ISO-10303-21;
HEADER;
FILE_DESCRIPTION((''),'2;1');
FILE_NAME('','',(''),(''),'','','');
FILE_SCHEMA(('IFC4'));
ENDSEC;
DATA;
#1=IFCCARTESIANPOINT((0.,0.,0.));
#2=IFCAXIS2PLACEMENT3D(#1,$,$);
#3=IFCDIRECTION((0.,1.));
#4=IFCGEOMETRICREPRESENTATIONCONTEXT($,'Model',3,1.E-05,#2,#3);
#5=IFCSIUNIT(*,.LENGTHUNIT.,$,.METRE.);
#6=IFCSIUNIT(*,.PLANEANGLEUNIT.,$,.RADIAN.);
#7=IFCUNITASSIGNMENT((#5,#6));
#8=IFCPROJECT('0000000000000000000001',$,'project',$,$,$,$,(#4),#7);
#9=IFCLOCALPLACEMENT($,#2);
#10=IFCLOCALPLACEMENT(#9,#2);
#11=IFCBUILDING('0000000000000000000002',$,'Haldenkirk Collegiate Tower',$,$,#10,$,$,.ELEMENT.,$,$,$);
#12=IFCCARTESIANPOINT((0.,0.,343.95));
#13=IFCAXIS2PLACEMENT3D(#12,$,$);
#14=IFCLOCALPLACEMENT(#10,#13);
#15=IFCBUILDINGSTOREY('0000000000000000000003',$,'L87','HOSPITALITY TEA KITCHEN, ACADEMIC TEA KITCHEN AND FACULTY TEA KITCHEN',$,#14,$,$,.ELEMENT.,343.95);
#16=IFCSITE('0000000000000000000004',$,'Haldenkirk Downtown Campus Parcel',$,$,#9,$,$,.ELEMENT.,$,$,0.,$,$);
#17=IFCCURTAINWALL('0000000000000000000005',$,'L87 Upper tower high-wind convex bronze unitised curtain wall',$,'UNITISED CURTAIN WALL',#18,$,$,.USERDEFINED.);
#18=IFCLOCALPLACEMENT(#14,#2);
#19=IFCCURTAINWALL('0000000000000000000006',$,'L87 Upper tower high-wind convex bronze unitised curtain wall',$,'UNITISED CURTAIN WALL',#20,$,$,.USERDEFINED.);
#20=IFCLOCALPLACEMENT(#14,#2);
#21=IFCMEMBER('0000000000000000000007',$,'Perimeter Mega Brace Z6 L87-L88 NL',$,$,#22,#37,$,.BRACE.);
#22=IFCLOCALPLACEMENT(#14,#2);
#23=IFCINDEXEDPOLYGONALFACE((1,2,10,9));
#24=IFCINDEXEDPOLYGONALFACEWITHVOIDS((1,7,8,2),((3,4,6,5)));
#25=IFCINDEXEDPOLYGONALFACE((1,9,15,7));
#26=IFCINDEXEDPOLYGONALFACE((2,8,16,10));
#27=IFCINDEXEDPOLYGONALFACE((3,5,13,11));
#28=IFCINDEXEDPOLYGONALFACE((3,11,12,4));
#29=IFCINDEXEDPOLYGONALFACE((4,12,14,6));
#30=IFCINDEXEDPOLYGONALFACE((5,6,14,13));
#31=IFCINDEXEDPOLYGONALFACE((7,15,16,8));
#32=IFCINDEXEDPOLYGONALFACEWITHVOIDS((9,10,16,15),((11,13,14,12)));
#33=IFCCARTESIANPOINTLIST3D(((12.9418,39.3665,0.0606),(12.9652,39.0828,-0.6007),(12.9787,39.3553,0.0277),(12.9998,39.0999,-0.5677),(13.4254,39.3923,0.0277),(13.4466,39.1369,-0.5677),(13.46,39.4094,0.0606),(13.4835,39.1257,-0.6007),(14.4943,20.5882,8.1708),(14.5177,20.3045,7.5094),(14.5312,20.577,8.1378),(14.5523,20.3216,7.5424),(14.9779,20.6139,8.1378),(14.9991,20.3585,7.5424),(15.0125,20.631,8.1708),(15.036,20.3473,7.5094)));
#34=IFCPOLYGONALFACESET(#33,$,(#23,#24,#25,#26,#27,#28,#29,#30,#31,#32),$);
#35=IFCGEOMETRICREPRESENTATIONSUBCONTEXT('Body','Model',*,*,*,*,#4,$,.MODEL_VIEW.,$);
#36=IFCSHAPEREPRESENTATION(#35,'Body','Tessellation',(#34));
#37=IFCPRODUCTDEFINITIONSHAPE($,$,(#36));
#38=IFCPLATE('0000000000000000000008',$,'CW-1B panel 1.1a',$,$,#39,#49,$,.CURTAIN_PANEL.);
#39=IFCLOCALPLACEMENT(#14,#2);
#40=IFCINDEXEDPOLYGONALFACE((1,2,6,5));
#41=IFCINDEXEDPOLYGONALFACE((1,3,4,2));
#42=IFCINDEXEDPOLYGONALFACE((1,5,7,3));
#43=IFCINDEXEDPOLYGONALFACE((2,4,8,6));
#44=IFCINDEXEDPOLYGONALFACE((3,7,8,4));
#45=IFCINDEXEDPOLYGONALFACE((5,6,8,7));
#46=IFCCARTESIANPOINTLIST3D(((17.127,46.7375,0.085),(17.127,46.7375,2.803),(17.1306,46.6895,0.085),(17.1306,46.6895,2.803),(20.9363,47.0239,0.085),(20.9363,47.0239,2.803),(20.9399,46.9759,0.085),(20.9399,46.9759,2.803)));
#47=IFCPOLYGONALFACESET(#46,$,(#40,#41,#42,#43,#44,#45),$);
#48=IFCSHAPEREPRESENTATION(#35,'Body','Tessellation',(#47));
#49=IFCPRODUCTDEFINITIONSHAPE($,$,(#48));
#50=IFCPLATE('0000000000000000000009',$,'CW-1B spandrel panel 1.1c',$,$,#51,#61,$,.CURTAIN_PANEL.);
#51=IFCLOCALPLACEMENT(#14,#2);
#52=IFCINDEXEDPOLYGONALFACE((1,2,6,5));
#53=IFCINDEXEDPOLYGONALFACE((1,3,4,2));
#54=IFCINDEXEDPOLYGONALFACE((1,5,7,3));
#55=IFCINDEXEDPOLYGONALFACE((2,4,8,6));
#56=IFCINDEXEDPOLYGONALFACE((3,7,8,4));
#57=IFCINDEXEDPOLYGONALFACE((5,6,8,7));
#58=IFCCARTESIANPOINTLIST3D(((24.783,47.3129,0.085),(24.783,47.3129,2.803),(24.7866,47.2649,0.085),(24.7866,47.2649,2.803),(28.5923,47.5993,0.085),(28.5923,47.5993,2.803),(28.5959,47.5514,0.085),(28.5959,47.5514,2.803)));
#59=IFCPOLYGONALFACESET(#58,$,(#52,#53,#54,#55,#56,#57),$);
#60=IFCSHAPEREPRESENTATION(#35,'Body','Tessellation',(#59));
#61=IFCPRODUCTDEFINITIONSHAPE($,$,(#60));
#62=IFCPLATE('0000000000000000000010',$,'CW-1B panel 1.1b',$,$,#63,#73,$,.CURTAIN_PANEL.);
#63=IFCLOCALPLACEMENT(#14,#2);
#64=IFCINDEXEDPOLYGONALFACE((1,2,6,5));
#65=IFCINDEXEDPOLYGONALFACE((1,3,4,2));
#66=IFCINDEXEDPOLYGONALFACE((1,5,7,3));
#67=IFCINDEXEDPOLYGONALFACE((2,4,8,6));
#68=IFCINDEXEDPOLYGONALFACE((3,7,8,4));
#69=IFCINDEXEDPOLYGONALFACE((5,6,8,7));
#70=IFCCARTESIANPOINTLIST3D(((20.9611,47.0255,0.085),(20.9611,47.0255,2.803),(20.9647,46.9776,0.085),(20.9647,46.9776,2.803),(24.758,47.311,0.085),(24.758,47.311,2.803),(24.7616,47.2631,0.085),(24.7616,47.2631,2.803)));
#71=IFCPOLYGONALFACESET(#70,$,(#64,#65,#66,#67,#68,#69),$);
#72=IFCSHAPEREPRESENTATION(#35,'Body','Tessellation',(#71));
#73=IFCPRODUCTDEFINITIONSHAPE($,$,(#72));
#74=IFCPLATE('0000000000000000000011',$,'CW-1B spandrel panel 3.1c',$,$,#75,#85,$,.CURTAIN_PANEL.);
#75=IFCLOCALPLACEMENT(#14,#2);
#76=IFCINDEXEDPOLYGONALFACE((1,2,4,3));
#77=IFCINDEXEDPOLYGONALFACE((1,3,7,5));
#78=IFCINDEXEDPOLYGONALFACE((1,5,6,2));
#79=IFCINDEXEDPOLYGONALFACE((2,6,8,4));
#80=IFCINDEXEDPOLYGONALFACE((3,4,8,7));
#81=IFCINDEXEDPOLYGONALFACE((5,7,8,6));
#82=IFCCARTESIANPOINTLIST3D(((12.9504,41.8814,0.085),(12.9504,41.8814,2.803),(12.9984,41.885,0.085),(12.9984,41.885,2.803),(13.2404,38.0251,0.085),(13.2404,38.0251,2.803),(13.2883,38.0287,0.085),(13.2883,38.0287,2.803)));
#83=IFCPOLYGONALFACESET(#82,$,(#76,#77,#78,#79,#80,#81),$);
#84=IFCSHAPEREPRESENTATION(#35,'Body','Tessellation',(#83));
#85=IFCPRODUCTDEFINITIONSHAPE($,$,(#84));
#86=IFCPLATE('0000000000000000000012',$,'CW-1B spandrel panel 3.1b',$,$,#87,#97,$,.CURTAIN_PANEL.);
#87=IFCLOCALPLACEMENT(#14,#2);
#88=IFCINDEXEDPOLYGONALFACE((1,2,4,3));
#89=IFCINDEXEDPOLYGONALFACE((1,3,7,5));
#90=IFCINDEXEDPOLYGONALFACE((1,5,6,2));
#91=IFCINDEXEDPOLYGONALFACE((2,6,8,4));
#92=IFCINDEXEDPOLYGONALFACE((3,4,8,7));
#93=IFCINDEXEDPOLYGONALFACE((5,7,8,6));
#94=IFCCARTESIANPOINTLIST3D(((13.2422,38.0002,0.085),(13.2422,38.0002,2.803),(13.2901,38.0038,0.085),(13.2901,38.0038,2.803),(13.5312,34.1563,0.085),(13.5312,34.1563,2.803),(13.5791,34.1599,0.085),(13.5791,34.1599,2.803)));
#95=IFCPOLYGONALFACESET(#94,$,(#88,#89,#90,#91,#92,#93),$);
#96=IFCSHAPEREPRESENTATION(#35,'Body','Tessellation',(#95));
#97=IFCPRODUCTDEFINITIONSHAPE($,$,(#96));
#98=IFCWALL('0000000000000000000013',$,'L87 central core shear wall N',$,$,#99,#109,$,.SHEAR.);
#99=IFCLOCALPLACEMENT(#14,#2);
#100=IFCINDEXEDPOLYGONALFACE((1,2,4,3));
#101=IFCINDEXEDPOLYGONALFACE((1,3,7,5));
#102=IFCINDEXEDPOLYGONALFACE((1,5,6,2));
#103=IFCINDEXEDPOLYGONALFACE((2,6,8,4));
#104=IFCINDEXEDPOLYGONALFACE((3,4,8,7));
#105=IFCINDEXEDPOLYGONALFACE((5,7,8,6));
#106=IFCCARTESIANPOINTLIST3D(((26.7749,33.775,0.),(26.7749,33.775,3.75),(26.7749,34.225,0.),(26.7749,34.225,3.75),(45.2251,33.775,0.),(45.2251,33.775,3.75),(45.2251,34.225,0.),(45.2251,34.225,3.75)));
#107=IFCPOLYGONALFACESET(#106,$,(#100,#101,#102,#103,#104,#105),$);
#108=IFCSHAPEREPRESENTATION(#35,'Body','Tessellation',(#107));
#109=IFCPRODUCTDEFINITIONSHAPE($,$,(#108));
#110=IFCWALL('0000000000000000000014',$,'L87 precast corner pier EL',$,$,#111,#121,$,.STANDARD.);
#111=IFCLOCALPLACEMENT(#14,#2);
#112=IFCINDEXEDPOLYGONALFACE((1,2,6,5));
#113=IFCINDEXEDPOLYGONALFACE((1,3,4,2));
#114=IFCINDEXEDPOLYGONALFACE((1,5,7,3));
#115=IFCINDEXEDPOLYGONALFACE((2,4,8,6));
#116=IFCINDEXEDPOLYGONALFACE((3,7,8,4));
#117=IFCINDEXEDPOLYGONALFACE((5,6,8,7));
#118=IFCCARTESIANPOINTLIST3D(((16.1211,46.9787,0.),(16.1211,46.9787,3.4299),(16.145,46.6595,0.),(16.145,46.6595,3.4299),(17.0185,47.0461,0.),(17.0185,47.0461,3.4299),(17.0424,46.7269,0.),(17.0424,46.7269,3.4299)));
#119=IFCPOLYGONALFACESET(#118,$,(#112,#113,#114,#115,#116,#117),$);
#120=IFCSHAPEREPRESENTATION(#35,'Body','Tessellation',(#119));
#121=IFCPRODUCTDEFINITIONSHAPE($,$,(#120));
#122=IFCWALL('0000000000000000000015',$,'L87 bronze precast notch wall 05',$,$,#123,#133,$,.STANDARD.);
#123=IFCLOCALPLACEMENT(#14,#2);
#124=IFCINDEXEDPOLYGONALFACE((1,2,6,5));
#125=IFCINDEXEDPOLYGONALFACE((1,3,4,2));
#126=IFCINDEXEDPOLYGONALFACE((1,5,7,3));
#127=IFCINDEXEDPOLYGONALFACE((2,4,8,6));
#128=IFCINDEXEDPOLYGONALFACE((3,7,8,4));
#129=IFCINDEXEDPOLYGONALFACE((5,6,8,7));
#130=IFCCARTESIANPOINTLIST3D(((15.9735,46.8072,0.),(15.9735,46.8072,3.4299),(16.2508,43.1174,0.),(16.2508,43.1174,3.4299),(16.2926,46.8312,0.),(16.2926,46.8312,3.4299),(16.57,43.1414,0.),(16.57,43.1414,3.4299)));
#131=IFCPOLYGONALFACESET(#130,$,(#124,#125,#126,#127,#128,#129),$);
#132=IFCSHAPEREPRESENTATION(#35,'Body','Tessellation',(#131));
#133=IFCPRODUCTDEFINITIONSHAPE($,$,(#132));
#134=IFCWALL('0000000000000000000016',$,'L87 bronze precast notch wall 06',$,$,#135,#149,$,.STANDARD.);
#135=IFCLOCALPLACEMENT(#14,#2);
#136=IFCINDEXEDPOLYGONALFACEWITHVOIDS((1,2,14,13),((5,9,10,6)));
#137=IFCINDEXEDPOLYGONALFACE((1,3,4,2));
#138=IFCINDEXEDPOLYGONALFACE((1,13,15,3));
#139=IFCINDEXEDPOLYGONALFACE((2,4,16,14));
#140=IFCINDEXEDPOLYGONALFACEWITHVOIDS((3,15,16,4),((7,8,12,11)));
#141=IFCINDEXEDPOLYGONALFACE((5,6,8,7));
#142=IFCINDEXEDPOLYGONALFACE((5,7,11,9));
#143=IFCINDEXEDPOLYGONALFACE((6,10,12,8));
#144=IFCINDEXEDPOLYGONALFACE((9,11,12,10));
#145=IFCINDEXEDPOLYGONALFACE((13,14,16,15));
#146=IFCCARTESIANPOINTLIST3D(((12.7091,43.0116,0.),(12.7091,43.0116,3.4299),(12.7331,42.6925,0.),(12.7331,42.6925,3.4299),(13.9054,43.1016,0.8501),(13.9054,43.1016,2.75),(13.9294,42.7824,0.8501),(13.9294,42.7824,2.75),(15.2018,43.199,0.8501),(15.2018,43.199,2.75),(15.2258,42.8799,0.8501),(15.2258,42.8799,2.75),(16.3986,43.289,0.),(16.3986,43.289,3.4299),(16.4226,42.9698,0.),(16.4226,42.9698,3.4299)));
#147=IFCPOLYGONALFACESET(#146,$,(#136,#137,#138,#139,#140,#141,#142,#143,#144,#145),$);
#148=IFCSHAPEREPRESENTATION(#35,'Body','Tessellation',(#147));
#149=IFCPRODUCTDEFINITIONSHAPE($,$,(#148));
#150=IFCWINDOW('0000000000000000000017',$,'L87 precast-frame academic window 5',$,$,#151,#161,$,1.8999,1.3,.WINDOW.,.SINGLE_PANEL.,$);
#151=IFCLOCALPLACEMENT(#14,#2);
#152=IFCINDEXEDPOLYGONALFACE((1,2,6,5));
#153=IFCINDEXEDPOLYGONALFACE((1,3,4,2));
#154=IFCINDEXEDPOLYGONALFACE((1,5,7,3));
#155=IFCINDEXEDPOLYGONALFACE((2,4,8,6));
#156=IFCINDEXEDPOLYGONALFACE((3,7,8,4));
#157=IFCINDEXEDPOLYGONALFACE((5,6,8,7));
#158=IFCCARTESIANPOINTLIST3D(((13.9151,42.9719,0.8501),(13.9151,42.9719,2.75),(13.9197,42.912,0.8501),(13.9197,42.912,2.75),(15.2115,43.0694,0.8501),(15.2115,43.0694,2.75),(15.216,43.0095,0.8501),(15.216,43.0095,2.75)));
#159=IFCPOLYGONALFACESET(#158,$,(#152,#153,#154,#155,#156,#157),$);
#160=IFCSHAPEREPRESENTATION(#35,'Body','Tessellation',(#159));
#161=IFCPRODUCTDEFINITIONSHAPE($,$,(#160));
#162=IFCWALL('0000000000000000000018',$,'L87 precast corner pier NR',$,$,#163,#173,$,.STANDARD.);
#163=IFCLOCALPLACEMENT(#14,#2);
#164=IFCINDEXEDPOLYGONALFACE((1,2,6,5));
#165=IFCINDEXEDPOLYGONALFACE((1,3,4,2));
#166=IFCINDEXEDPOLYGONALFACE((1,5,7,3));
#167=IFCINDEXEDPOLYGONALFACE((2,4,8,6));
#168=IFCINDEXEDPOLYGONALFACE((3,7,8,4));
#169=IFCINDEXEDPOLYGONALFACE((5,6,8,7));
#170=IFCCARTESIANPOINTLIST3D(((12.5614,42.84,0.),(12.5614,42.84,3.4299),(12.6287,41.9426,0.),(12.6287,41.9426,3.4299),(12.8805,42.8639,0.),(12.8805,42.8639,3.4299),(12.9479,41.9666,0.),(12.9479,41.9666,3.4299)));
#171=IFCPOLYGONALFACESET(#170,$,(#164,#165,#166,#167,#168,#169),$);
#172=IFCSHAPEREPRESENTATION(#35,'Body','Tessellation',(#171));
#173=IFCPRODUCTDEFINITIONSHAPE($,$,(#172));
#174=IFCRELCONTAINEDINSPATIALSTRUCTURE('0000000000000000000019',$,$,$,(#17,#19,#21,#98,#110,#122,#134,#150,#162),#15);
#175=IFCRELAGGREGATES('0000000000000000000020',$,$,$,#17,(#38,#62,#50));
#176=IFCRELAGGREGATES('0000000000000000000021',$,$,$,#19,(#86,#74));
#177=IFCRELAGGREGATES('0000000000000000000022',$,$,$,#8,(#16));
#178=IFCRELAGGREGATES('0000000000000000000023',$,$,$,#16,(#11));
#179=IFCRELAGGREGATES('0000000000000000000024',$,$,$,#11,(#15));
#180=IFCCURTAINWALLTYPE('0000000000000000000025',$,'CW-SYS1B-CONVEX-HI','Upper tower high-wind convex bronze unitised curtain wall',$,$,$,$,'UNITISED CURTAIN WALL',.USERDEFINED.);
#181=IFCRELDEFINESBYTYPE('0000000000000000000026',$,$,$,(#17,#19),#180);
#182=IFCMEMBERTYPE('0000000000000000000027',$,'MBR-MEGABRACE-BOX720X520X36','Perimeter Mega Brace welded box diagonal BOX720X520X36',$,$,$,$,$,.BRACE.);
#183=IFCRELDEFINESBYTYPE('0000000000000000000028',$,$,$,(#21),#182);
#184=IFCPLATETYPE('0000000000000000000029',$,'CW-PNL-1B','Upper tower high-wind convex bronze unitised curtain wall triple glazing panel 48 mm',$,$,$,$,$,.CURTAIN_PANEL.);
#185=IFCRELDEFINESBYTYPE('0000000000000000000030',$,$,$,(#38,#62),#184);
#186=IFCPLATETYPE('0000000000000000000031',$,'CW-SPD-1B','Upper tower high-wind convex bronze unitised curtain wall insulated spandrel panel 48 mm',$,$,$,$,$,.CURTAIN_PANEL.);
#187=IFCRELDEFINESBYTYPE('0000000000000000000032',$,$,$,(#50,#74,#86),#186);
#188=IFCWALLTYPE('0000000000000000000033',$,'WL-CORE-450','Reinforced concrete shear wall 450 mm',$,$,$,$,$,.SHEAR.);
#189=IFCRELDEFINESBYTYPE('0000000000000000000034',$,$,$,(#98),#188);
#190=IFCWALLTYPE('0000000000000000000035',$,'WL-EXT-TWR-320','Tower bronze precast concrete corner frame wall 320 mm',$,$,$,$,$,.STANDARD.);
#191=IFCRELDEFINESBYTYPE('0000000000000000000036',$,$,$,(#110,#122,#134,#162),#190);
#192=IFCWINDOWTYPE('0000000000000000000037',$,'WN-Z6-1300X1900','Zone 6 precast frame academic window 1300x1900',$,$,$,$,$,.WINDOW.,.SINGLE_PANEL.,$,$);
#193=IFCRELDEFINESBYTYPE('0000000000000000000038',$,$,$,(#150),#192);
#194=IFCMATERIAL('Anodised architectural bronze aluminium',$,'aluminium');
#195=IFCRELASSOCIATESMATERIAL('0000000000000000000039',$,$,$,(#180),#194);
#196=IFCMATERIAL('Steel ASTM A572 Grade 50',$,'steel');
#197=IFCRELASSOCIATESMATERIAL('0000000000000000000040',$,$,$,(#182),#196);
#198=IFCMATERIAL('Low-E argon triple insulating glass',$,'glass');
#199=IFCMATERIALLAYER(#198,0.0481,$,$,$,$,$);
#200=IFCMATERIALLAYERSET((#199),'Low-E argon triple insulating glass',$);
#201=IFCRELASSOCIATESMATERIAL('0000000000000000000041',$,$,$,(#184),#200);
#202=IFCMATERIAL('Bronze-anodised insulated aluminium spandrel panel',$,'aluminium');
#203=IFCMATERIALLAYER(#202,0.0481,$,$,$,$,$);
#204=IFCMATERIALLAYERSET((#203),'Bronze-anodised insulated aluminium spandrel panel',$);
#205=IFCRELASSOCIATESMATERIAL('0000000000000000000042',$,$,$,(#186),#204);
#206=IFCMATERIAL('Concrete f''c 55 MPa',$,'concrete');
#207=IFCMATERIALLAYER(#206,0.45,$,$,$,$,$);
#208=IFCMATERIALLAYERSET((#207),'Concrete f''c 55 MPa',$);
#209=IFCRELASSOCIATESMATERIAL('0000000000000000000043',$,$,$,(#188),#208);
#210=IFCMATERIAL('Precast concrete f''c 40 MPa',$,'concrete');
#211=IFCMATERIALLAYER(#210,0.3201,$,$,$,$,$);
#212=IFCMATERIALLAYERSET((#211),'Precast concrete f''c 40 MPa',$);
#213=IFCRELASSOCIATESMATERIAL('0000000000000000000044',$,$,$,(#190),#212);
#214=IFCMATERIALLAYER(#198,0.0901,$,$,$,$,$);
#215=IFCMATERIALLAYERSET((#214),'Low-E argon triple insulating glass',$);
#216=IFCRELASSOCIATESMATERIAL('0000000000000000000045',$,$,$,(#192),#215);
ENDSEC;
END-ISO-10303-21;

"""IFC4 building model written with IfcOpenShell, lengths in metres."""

from ifc_helpers import new_model, si_unit, direction, frame, frame_2d, origin, origin_2d, place, context, subcontext, project, spatial, rectangle, hollow_rectangle, extrude, source, transform, mapped, material, layer, layer_set, material_profile, profile_set, type_object, element, fill, aggregate, save


model = new_model("IFC4")

# Units and contexts
model_context = context("Model", 3, precision=1e-05, world=origin(), true_north=direction((0.0, 1.0)))
body_context = subcontext(model_context, "Body", "Model", "MODEL_VIEW")
ifc_project = project(units=[si_unit("LENGTHUNIT", "METRE"), si_unit("PLANEANGLEUNIT", "RADIAN")], contexts=[model_context])

# Site, building, storey
site_placement = place(None, origin())
site = spatial("IfcSite", under=ifc_project, at=site_placement, Name="Haldenkirk Downtown Campus Parcel", CompositionType="ELEMENT", RefElevation=0.0)
building_placement = place(site_placement, origin())
building = spatial("IfcBuilding", under=site, at=building_placement, Name="Haldenkirk Collegiate Tower", CompositionType="ELEMENT")
storey_placement = place(building_placement, frame((0.0, 0.0, 343.95)))
storey = spatial("IfcBuildingStorey", under=building, at=storey_placement, Name="L87", Description="HOSPITALITY TEA KITCHEN, ACADEMIC TEA KITCHEN AND FACULTY TEA KITCHEN", CompositionType="ELEMENT", Elevation=343.95)

# Shared definitions
ifc_material_1 = material(Name="Steel ASTM A572 Grade 50", Category="steel")

# Curtain wall
ifc_material_2 = material(Name="Anodised architectural bronze aluminium", Category="aluminium")
curtain_wall_type = type_object("IfcCurtainWallType", Name="CW-SYS1B-CONVEX-HI", Description="Upper tower high-wind convex bronze unitised curtain wall", ElementType="UNITISED CURTAIN WALL", PredefinedType="USERDEFINED", material=ifc_material_2)
curtain_wall_1_placement = place(storey_placement, origin())
curtain_wall_1 = element("IfcCurtainWall", 1, at=curtain_wall_1_placement, inside=storey, type_object=curtain_wall_type, Name="L87 Upper tower high-wind convex bronze unitised curtain wall", ObjectType="UNITISED CURTAIN WALL", PredefinedType="USERDEFINED")

# Curtain wall
curtain_wall_2_placement = place(storey_placement, origin())
curtain_wall_2 = element("IfcCurtainWall", 2, at=curtain_wall_2_placement, inside=storey, type_object=curtain_wall_type, Name="L87 Upper tower high-wind convex bronze unitised curtain wall", ObjectType="UNITISED CURTAIN WALL", PredefinedType="USERDEFINED")

# Member
ifc_material_profile_1 = material_profile(ifc_material_1, hollow_rectangle(XDim=0.52, YDim=0.72, WallThickness=0.0359, at=origin_2d()), Name="BOX720X520X36")
ifc_profile_set_1 = profile_set([ifc_material_profile_1], Name="Steel ASTM A572 Grade 50")
member_type_1 = type_object("IfcMemberType", Name="MBR-MEGABRACE-BOX720X520X36", Description="Perimeter Mega Brace welded box diagonal BOX720X520X36", PredefinedType="BRACE", material=ifc_profile_set_1)
member_1_placement = place(storey_placement, frame((13.2126, 39.2461, -0.27), z_axis=(0.075681, -0.915407, 0.395352), x_axis=(0.9966, 0.082394, 0.0)))
element("IfcMember", 3, at=member_1_placement, inside=storey, type_object=member_type_1, Name="Perimeter Mega Brace Z6 L87-L88 NL", PredefinedType="BRACE", context=body_context, shape_type="SweptSolid", body=[
    extrude(hollow_rectangle(XDim=0.52, YDim=0.72, WallThickness=0.0359, at=origin_2d()), origin(), (0.0, 0.0, 1.0), 20.5137),
])

# Plates
ifc_material_3 = material(Name="Low-E argon triple insulating glass", Category="glass")
ifc_layer_1 = layer(ifc_material_3, 0.0481)
ifc_layer_set_1 = layer_set([ifc_layer_1], Name="Low-E argon triple insulating glass")
plate_type_1 = type_object("IfcPlateType", Name="CW-PNL-1B", Description="Upper tower high-wind convex bronze unitised curtain wall triple glazing panel 48 mm", PredefinedType="CURTAIN_PANEL", material=ifc_layer_set_1)
shared_shape_1 = source(origin(), body_context, "Body", "SweptSolid", [
    extrude(rectangle(XDim=3.8201, YDim=0.0481, at=origin_2d()), origin(), (0.0, 0.0, 1.0), 2.718),
])
plate_1_placement = place(storey_placement, frame((19.0334, 46.8567, 0.085), z_axis=(0.0, 0.0, 1.0), x_axis=(0.997185, 0.074979, 0.0)))
plate_1 = element("IfcPlate", 4, at=plate_1_placement, type_object=plate_type_1, Name="CW-1B panel 1.1a", PredefinedType="CURTAIN_PANEL", context=body_context, shape_type="MappedRepresentation", body=[
    mapped(shared_shape_1, transform((0.0, 0.0, 0.0), x_axis=(1.0, 0.0, 0.0), y_axis=(0.0, 1.0, 0.0), z_axis=(0.0, 0.0, 1.0), scale=1.0)),
])
ifc_material_4 = material(Name="Bronze-anodised insulated aluminium spandrel panel", Category="aluminium")
ifc_layer_2 = layer(ifc_material_4, 0.0481)
ifc_layer_set_2 = layer_set([ifc_layer_2], Name="Bronze-anodised insulated aluminium spandrel panel")
plate_type_2 = type_object("IfcPlateType", Name="CW-SPD-1B", Description="Upper tower high-wind convex bronze unitised curtain wall insulated spandrel panel 48 mm", PredefinedType="CURTAIN_PANEL", material=ifc_layer_set_2)
plate_2_placement = place(storey_placement, frame((26.6895, 47.4321, 0.085), z_axis=(0.0, 0.0, 1.0), x_axis=(0.997185, 0.074979, 0.0)))
plate_2 = element("IfcPlate", 5, at=plate_2_placement, type_object=plate_type_2, Name="CW-1B spandrel panel 1.1c", PredefinedType="CURTAIN_PANEL", context=body_context, shape_type="MappedRepresentation", body=[
    mapped(shared_shape_1, transform((0.0, 0.0, 0.0), x_axis=(1.0, 0.0, 0.0), y_axis=(0.0, 1.0, 0.0), z_axis=(0.0, 0.0, 1.0), scale=1.0)),
])
shared_shape_2 = source(origin(), body_context, "Body", "SweptSolid", [
    extrude(rectangle(XDim=3.8076, YDim=0.0481, at=origin_2d()), origin(), (0.0, 0.0, 1.0), 2.718),
])
plate_3_placement = place(storey_placement, frame((22.8613, 47.1443, 0.085), z_axis=(0.0, 0.0, 1.0), x_axis=(0.997185, 0.074979, 0.0)))
plate_3 = element("IfcPlate", 6, at=plate_3_placement, type_object=plate_type_1, Name="CW-1B panel 1.1b", PredefinedType="CURTAIN_PANEL", context=body_context, shape_type="MappedRepresentation", body=[
    mapped(shared_shape_2, transform((0.0, 0.0, 0.0), x_axis=(1.0, 0.0, 0.0), y_axis=(0.0, 1.0, 0.0), z_axis=(0.0, 0.0, 1.0), scale=1.0)),
])
aggregate(curtain_wall_1, [plate_1, plate_3, plate_2])
shared_shape_3 = source(origin(), body_context, "Body", "SweptSolid", [
    extrude(rectangle(XDim=3.8672, YDim=0.0481, at=origin_2d()), origin(), (0.0, 0.0, 1.0), 2.718),
])
plate_4_placement = place(storey_placement, frame((13.1194, 39.9551, 0.085), z_axis=(0.0, 0.0, 1.0), x_axis=(-0.074977, 0.997185, 0.0)))
plate_4 = element("IfcPlate", 7, at=plate_4_placement, type_object=plate_type_2, Name="CW-1B spandrel panel 3.1c", PredefinedType="CURTAIN_PANEL", context=body_context, shape_type="MappedRepresentation", body=[
    mapped(shared_shape_3, transform((0.0, 0.0, 0.0), x_axis=(1.0, 0.0, 0.0), y_axis=(0.0, 1.0, 0.0), z_axis=(0.0, 0.0, 1.0), scale=1.0)),
])
shared_shape_4 = source(origin(), body_context, "Body", "SweptSolid", [
    extrude(rectangle(XDim=3.8547, YDim=0.0481, at=origin_2d()), origin(), (0.0, 0.0, 1.0), 2.718),
])
plate_5_placement = place(storey_placement, frame((13.4106, 36.0801, 0.085), z_axis=(0.0, 0.0, 1.0), x_axis=(-0.074977, 0.997185, 0.0)))
plate_5 = element("IfcPlate", 8, at=plate_5_placement, type_object=plate_type_2, Name="CW-1B spandrel panel 3.1b", PredefinedType="CURTAIN_PANEL", context=body_context, shape_type="MappedRepresentation", body=[
    mapped(shared_shape_4, transform((0.0, 0.0, 0.0), x_axis=(1.0, 0.0, 0.0), y_axis=(0.0, 1.0, 0.0), z_axis=(0.0, 0.0, 1.0), scale=1.0)),
])
aggregate(curtain_wall_2, [plate_5, plate_4])

# Walls
ifc_material_5 = material(Name="Concrete f'c 55 MPa", Category="concrete")
ifc_layer_3 = layer(ifc_material_5, 0.45)
ifc_layer_set_3 = layer_set([ifc_layer_3], Name="Concrete f'c 55 MPa")
wall_type_1 = type_object("IfcWallType", Name="WL-CORE-450", Description="Reinforced concrete shear wall 450 mm", PredefinedType="SHEAR", material=ifc_layer_set_3)
wall_1_placement = place(storey_placement, frame((26.7749, 34.0, 0.0), z_axis=(0.0, 0.0, 1.0), x_axis=(1.0, 0.0, 0.0)))
element("IfcWall", 9, at=wall_1_placement, inside=storey, type_object=wall_type_1, Name="L87 central core shear wall N", PredefinedType="SHEAR", context=body_context, shape_type="SweptSolid", body=[
    extrude(rectangle(XDim=18.4502, YDim=0.45, at=frame_2d((9.2251, 0.0))), origin(), (0.0, 0.0, 1.0), 3.75),
])
ifc_material_6 = material(Name="Precast concrete f'c 40 MPa", Category="concrete")
ifc_layer_4 = layer(ifc_material_6, 0.3201)
ifc_layer_set_4 = layer_set([ifc_layer_4], Name="Precast concrete f'c 40 MPa")
wall_type_2 = type_object("IfcWallType", Name="WL-EXT-TWR-320", Description="Tower bronze precast concrete corner frame wall 320 mm", PredefinedType="STANDARD", material=ifc_layer_set_4)
wall_2_placement = place(storey_placement, frame((16.1331, 46.8191, 0.0), z_axis=(0.0, 0.0, 1.0), x_axis=(0.997193, 0.074871, 0.0)))
element("IfcWall", 10, at=wall_2_placement, inside=storey, type_object=wall_type_2, Name="L87 precast corner pier EL", PredefinedType="STANDARD", context=body_context, shape_type="SweptSolid", body=[
    extrude(rectangle(XDim=0.8999, YDim=0.3201, at=frame_2d((0.45, 0.0))), origin(), (0.0, 0.0, 1.0), 3.4299),
])
wall_3_placement = place(storey_placement, frame((16.4104, 43.1294, 0.0), z_axis=(0.0, 0.0, 1.0), x_axis=(-0.074956, 0.997187, 0.0)))
element("IfcWall", 11, at=wall_3_placement, inside=storey, type_object=wall_type_2, Name="L87 bronze precast notch wall 05", PredefinedType="STANDARD", context=body_context, shape_type="SweptSolid", body=[
    extrude(rectangle(XDim=3.7002, YDim=0.3201, at=frame_2d((1.8501, 0.0))), origin(), (0.0, 0.0, 1.0), 3.4299),
])

# Wall, opening, window
wall_4_placement = place(storey_placement, frame((12.7209, 42.8521, 0.0), z_axis=(0.0, 0.0, 1.0), x_axis=(0.997186, 0.074961, 0.0)))
wall_4 = element("IfcWall", 12, at=wall_4_placement, inside=storey, type_object=wall_type_2, Name="L87 bronze precast notch wall 06", PredefinedType="STANDARD", context=body_context, shape_type="SweptSolid", body=[
    extrude(rectangle(XDim=3.7, YDim=0.3201, at=frame_2d((1.8501, 0.0))), origin(), (0.0, 0.0, 1.0), 3.4299),
])
opening_1_placement = place(wall_4_placement, frame((1.2, 0.0, 0.8501)))
opening_1 = element("IfcOpeningElement", 13, at=opening_1_placement, cuts=wall_4, PredefinedType="OPENING", context=body_context, shape_type="SweptSolid", body=[
    extrude(rectangle(XDim=1.3, YDim=1.8999, at=frame_2d((0.6499, 0.95))), frame((0.0, 0.1699, 0.0), z_axis=(0.0, -1.0, 0.0), x_axis=(1.0, 0.0, 0.0)), (0.0, 0.0, 1.0), 0.3401),
])
ifc_layer_5 = layer(ifc_material_3, 0.0901)
ifc_layer_set_5 = layer_set([ifc_layer_5], Name="Low-E argon triple insulating glass")
window_type = type_object("IfcWindowType", Name="WN-Z6-1300X1900", Description="Zone 6 precast frame academic window 1300x1900", PartitioningType="SINGLE_PANEL", PredefinedType="WINDOW", material=ifc_layer_set_5)
window_placement = place(opening_1_placement, origin())
window = element("IfcWindow", 14, at=window_placement, inside=storey, type_object=window_type, Name="L87 precast-frame academic window 5", OverallHeight=1.8999, OverallWidth=1.3, PartitioningType="SINGLE_PANEL", PredefinedType="WINDOW", context=body_context, shape_type="SweptSolid", body=[
    extrude(rectangle(XDim=1.3, YDim=1.8999, at=frame_2d((0.6499, 0.95))), frame((0.0, 0.03, 0.0), z_axis=(0.0, -1.0, 0.0), x_axis=(1.0, 0.0, 0.0)), (0.0, 0.0, 1.0), 0.0601),
])
fill(opening_1, window)

# Wall
wall_5_placement = place(storey_placement, frame((12.7883, 41.9546, 0.0), z_axis=(0.0, 0.0, 1.0), x_axis=(-0.074871, 0.997193, 0.0)))
element("IfcWall", 15, at=wall_5_placement, inside=storey, type_object=wall_type_2, Name="L87 precast corner pier NR", PredefinedType="STANDARD", context=body_context, shape_type="SweptSolid", body=[
    extrude(rectangle(XDim=0.8999, YDim=0.3201, at=frame_2d((0.45, 0.0))), origin(), (0.0, 0.0, 1.0), 3.4299),
])

save(model, "model.ifc")
